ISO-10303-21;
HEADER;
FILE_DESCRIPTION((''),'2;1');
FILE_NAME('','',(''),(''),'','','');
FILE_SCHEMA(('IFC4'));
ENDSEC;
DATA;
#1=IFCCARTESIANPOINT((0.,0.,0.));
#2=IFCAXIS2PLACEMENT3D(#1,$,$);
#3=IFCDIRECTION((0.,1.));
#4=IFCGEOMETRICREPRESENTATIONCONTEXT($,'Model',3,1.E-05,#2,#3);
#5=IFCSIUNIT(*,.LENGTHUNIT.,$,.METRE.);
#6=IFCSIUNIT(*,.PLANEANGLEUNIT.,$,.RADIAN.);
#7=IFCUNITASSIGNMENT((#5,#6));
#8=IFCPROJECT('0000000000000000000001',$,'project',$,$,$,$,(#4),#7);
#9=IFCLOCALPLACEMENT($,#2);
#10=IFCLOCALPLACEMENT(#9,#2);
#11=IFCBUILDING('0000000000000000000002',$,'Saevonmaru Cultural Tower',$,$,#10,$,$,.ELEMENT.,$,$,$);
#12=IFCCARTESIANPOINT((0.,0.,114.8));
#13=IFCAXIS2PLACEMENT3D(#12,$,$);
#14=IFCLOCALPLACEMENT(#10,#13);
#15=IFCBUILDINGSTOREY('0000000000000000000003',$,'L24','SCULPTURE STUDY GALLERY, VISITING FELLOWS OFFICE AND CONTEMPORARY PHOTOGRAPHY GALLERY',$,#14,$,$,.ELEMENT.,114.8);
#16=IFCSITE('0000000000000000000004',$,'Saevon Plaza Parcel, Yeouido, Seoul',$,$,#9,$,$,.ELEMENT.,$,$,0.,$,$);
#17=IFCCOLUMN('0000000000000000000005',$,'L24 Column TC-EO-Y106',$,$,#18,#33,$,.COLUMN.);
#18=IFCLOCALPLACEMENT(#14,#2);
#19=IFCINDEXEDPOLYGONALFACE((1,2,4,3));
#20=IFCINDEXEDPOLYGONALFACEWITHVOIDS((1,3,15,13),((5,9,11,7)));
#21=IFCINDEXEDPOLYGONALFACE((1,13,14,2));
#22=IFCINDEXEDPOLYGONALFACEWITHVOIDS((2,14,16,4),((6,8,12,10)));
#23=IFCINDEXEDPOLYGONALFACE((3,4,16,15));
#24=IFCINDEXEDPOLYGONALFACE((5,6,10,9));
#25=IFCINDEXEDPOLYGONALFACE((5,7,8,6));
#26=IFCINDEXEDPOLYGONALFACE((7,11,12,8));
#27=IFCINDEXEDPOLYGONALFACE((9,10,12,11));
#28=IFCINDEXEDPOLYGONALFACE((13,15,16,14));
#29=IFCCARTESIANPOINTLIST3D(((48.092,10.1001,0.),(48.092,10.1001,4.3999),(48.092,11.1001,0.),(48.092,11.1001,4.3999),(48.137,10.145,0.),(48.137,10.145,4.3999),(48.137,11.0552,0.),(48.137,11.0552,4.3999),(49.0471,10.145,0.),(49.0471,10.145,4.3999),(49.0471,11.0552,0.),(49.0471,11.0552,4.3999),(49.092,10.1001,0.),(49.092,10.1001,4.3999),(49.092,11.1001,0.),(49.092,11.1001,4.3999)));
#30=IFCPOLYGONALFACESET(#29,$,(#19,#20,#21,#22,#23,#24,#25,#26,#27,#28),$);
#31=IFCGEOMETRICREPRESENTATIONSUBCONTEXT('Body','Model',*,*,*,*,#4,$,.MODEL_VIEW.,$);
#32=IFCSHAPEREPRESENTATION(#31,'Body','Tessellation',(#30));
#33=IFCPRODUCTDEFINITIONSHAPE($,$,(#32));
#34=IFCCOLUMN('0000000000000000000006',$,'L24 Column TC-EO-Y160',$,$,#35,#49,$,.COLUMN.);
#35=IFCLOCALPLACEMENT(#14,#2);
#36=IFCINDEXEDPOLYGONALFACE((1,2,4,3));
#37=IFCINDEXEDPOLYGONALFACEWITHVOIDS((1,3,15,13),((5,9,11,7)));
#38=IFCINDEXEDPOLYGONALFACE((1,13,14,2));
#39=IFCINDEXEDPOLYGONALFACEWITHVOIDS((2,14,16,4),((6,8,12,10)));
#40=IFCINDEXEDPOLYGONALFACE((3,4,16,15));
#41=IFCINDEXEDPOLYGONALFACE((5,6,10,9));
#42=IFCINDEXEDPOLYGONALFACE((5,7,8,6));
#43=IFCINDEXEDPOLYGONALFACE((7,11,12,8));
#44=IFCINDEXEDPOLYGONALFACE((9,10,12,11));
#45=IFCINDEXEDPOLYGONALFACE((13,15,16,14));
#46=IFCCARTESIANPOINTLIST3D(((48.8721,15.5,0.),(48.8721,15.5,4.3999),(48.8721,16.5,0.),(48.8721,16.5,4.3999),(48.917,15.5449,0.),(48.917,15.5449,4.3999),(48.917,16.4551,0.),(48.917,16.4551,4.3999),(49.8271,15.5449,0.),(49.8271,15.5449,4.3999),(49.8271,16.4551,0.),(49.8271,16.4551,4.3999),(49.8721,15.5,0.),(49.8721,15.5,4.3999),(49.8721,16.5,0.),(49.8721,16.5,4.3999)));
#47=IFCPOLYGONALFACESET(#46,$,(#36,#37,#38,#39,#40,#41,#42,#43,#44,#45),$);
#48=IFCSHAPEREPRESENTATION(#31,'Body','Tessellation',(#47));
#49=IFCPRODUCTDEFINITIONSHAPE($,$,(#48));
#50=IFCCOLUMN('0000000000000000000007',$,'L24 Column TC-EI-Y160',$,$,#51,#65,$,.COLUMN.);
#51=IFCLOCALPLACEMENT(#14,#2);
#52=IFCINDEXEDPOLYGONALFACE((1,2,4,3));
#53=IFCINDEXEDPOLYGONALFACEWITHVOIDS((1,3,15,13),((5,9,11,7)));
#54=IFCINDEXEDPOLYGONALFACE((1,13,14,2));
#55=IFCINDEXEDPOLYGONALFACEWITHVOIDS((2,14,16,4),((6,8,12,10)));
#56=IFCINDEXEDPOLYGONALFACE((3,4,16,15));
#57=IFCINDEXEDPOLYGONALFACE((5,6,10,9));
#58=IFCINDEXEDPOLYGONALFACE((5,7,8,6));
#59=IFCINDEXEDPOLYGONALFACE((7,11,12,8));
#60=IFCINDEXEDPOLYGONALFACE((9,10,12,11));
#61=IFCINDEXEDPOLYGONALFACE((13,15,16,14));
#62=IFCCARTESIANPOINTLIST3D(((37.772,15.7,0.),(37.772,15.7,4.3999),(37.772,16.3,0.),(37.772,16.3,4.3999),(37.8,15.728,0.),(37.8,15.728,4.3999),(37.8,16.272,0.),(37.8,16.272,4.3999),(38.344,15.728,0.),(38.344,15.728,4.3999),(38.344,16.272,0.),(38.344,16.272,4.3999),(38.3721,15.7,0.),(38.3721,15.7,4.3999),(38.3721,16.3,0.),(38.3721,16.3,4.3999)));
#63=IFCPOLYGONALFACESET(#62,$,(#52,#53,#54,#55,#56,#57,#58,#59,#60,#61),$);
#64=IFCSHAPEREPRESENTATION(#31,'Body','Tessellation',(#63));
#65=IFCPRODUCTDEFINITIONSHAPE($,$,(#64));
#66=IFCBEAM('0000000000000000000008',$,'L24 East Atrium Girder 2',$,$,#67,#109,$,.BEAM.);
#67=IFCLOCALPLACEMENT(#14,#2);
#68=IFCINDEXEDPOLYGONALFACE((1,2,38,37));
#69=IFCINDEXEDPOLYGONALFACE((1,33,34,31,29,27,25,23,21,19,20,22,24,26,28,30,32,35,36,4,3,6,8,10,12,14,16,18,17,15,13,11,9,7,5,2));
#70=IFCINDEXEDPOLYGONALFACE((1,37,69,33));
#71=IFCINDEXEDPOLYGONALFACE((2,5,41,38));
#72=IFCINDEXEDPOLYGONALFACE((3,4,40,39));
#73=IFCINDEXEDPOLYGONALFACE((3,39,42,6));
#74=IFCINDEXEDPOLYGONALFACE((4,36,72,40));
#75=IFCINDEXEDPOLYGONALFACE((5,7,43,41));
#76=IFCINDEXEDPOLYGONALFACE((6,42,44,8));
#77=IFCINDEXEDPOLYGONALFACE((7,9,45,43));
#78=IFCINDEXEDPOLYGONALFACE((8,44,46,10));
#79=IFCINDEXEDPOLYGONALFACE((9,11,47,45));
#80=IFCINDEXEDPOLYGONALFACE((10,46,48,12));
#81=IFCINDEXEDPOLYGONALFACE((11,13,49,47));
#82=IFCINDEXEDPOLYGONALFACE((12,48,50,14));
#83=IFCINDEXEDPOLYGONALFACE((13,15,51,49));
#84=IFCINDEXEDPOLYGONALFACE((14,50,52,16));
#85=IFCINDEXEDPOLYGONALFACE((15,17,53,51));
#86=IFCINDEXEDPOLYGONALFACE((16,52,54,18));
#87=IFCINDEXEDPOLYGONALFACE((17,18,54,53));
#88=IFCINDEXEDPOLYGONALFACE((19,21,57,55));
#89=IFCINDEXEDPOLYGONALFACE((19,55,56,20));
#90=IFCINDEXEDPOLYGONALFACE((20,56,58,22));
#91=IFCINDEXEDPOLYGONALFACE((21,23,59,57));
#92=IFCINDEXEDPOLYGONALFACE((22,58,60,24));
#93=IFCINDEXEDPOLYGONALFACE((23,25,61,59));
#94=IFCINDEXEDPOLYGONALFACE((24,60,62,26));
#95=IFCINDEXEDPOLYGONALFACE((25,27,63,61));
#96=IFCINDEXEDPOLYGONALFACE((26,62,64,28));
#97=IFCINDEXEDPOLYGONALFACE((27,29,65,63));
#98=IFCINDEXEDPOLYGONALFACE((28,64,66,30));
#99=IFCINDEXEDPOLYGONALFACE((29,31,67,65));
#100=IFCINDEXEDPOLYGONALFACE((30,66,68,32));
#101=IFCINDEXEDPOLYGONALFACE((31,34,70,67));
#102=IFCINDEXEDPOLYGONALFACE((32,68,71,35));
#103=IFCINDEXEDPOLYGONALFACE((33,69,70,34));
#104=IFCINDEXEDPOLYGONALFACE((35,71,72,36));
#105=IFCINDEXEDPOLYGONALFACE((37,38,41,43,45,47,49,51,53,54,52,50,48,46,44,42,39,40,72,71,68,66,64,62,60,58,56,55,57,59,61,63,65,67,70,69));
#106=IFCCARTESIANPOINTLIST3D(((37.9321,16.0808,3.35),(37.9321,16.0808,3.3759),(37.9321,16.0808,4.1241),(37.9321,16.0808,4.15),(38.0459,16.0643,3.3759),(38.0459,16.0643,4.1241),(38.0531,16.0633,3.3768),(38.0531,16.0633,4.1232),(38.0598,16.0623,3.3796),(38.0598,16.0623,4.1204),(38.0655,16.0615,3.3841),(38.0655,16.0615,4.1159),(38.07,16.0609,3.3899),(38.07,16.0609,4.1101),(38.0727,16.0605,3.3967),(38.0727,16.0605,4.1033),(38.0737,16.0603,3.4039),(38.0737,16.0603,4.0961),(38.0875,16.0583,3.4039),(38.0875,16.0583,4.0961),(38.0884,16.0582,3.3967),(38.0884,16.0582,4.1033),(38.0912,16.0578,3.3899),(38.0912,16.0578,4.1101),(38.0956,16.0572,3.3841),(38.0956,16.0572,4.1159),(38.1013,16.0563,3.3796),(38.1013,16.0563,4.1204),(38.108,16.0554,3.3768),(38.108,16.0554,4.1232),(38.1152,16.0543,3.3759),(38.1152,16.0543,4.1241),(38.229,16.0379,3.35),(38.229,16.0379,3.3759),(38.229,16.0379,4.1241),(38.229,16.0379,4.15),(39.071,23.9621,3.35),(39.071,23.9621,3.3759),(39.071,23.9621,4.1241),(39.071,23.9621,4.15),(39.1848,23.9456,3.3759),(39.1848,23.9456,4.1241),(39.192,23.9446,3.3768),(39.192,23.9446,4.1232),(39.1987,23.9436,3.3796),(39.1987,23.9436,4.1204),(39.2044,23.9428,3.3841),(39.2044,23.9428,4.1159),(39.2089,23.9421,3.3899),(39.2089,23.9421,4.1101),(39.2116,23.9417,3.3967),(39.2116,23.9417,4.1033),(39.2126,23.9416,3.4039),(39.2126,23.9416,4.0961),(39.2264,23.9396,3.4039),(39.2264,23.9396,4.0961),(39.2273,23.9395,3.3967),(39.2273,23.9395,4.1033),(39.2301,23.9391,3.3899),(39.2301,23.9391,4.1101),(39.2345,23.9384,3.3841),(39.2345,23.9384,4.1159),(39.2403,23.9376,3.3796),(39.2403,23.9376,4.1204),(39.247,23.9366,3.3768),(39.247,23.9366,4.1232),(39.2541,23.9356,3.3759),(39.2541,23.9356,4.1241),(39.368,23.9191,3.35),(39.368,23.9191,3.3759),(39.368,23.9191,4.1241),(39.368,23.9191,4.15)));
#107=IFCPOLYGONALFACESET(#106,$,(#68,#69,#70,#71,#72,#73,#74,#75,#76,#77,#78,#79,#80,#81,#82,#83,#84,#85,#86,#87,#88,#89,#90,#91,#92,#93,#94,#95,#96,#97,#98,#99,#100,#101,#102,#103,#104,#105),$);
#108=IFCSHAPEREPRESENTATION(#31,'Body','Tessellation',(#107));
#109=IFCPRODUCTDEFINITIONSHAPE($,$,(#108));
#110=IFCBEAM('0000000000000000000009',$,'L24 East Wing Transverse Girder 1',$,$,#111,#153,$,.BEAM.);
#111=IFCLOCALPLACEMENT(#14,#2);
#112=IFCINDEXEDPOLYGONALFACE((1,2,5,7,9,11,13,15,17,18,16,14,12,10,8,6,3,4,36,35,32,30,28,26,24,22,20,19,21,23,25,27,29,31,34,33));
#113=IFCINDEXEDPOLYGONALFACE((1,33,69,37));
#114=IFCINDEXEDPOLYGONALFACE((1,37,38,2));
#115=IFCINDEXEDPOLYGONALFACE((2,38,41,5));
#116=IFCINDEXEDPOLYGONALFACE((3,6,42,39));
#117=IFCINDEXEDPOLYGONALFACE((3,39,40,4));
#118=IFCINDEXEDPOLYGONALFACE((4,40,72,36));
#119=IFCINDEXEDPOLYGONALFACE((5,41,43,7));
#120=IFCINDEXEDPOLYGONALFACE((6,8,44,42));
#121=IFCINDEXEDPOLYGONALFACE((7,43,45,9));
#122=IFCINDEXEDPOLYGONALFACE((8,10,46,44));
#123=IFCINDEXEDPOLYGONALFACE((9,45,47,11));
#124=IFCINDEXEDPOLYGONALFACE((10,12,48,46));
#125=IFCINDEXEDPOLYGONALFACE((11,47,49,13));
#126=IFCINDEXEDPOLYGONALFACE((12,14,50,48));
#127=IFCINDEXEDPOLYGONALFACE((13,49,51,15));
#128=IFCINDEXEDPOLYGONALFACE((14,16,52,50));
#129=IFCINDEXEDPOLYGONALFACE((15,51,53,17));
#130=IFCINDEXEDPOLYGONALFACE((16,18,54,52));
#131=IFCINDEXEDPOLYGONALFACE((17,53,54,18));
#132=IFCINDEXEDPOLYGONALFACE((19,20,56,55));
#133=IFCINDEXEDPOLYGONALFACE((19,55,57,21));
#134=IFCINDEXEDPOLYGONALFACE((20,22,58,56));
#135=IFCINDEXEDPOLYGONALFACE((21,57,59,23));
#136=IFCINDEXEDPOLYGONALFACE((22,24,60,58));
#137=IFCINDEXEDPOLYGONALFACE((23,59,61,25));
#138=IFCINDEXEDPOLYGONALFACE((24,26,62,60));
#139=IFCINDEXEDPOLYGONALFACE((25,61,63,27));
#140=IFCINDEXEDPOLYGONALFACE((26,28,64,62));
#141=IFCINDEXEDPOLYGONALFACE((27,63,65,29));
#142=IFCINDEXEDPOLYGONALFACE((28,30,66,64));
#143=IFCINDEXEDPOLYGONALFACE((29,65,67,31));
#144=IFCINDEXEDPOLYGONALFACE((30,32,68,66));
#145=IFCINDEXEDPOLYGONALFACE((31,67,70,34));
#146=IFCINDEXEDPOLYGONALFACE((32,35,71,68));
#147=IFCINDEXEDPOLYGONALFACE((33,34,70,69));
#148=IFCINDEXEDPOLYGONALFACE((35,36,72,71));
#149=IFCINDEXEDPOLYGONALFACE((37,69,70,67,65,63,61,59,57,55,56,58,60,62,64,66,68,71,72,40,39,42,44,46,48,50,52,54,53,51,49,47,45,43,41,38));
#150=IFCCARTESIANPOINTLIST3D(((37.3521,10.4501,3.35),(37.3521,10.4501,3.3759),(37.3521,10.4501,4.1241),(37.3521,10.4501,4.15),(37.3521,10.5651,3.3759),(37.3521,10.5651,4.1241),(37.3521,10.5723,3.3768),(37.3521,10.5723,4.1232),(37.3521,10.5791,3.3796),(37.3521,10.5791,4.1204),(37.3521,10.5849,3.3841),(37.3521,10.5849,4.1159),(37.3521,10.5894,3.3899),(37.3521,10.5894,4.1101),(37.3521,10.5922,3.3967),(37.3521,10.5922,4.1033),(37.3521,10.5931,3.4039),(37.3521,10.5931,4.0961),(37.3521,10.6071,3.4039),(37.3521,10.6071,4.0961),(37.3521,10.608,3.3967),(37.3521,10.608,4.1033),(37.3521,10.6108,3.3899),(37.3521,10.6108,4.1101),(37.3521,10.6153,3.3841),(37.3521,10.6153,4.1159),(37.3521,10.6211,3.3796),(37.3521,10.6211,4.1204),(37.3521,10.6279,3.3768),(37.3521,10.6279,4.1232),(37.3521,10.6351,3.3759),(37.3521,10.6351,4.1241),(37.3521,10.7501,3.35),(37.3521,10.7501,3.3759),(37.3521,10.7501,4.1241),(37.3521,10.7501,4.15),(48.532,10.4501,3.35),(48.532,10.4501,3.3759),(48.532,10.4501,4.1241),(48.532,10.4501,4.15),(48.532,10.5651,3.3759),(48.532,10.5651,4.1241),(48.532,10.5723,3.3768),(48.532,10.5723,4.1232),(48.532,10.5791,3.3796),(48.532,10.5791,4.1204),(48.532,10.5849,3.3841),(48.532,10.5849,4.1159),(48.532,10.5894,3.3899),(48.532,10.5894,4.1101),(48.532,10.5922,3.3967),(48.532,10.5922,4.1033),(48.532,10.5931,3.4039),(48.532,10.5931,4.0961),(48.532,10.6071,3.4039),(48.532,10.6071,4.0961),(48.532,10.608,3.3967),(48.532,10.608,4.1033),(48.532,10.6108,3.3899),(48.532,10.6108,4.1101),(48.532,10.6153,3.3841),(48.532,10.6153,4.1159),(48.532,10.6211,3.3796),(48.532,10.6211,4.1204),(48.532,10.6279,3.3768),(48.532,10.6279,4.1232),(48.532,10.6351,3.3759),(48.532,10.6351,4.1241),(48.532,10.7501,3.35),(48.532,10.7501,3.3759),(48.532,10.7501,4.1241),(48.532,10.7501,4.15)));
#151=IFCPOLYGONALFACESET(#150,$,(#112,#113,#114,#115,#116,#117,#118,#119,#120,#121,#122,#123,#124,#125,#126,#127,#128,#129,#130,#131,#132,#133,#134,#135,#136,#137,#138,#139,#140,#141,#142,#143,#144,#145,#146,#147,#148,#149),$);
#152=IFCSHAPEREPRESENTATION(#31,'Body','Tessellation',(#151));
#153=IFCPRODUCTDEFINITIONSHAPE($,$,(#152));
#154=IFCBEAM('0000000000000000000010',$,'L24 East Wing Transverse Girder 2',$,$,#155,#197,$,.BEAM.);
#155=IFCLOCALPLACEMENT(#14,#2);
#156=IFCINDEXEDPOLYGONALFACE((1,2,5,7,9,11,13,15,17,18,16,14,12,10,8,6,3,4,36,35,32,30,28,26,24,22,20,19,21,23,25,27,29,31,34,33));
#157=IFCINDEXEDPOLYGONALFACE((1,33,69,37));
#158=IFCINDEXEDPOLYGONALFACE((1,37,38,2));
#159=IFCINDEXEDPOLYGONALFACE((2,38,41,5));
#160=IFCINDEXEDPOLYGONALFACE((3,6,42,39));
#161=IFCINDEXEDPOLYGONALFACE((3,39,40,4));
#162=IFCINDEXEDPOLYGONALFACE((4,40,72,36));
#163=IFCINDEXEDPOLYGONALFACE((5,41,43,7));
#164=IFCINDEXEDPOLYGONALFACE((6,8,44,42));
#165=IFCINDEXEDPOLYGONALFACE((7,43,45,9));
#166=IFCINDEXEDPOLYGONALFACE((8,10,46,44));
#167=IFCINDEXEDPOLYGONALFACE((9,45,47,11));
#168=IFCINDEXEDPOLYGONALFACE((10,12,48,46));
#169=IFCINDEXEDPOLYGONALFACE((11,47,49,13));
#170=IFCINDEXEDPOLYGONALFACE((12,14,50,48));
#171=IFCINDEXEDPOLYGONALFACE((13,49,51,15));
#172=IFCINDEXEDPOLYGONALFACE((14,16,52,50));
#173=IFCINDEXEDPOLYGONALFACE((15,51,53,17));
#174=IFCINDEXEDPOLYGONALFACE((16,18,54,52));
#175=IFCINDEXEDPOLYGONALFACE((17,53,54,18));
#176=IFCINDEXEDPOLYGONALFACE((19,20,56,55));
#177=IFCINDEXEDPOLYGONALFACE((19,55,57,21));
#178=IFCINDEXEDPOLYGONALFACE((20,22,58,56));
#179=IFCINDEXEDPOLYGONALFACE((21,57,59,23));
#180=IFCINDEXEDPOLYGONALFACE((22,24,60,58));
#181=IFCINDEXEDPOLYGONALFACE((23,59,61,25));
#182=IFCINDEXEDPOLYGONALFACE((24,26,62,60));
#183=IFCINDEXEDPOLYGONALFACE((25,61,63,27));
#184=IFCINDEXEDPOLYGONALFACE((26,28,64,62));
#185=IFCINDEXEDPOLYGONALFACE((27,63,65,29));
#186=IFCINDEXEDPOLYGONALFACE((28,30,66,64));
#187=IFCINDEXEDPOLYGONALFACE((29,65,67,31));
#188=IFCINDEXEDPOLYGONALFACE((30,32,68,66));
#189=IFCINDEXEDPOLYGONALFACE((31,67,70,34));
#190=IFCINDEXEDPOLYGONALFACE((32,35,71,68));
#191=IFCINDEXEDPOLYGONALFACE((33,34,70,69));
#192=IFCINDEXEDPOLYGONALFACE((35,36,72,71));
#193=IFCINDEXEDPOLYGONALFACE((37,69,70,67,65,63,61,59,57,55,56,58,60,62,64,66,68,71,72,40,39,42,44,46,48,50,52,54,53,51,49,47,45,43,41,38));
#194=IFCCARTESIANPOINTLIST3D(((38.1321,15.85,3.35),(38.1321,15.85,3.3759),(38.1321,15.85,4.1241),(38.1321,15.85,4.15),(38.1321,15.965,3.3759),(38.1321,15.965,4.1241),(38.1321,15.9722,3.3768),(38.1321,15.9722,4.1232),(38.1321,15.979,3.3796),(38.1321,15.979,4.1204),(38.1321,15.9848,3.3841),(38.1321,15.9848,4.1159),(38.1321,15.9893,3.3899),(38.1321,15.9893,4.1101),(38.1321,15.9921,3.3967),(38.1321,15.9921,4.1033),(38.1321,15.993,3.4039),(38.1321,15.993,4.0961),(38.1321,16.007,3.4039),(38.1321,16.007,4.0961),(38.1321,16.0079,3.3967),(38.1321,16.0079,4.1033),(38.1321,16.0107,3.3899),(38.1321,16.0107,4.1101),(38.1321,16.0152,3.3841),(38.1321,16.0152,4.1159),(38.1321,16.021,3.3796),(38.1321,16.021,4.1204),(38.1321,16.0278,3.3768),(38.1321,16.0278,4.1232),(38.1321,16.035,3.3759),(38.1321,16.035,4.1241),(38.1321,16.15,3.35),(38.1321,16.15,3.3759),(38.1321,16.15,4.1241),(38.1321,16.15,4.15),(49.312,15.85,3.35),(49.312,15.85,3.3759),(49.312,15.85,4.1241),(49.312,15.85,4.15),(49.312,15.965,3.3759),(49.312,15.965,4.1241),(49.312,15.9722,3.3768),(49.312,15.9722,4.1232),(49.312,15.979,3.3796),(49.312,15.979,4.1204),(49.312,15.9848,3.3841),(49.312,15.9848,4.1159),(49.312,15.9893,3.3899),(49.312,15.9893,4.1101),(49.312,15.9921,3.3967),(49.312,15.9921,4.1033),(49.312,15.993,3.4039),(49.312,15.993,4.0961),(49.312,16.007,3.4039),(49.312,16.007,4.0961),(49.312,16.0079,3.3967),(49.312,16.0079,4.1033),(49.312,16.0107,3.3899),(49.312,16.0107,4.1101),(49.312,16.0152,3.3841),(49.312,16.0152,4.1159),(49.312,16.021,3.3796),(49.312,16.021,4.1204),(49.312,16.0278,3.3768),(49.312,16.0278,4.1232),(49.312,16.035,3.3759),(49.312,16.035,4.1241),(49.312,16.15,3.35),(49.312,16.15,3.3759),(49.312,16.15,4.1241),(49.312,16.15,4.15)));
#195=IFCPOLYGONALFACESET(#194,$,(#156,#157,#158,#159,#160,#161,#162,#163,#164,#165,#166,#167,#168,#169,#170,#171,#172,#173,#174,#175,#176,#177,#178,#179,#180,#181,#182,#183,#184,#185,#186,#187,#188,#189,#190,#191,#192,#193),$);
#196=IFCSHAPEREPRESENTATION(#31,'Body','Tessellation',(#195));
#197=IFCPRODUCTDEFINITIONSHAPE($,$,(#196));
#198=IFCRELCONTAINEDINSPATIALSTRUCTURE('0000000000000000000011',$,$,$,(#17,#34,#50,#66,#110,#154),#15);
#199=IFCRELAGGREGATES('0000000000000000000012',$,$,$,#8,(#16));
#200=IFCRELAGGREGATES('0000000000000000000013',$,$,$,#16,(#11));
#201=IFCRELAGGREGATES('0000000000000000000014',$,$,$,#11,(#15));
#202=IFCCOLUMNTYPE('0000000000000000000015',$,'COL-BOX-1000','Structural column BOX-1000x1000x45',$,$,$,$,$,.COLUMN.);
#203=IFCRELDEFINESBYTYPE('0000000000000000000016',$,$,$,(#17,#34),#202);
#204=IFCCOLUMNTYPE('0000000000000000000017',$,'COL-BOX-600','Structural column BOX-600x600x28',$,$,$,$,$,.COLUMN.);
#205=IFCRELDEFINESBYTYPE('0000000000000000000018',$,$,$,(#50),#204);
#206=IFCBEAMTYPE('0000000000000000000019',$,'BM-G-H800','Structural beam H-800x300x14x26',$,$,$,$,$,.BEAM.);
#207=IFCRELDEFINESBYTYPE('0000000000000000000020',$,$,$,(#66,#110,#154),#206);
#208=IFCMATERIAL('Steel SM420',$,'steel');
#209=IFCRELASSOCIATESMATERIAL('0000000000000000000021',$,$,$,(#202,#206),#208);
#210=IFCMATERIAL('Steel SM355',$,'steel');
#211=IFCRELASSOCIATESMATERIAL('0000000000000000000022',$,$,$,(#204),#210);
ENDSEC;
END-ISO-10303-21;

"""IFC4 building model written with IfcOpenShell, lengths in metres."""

from ifc_helpers import new_model, si_unit, direction, frame, origin, origin_2d, place, context, subcontext, project, spatial, hollow_rectangle, i_section, extrude, material, material_profile, profile_set, type_object, element, save


model = new_model("IFC4")

# Units and contexts
model_context = context("Model", 3, precision=1e-05, world=origin(), true_north=direction((0.0, 1.0)))
body_context = subcontext(model_context, "Body", "Model", "MODEL_VIEW")
ifc_project = project(units=[si_unit("LENGTHUNIT", "METRE"), si_unit("PLANEANGLEUNIT", "RADIAN")], contexts=[model_context])

# Site, building, storey
site_placement = place(None, origin())
site = spatial("IfcSite", under=ifc_project, at=site_placement, Name="Saevon Plaza Parcel, Yeouido, Seoul", CompositionType="ELEMENT", RefElevation=0.0)
building_placement = place(site_placement, origin())
building = spatial("IfcBuilding", under=site, at=building_placement, Name="Saevonmaru Cultural Tower", CompositionType="ELEMENT")
storey_placement = place(building_placement, frame((0.0, 0.0, 114.8)))
storey = spatial("IfcBuildingStorey", under=building, at=storey_placement, Name="L24", Description="SCULPTURE STUDY GALLERY, VISITING FELLOWS OFFICE AND CONTEMPORARY PHOTOGRAPHY GALLERY", CompositionType="ELEMENT", Elevation=114.8)

# Columns
ifc_material_1 = material(Name="Steel SM420", Category="steel")
ifc_material_profile_1 = material_profile(ifc_material_1, hollow_rectangle(XDim=1.0, YDim=1.0, WallThickness=0.0449, at=origin_2d()), Name="BOX-1000x1000x45")
ifc_profile_set_1 = profile_set([ifc_material_profile_1], Name="Steel SM420")
column_type_1 = type_object("IfcColumnType", Name="COL-BOX-1000", Description="Structural column BOX-1000x1000x45", PredefinedType="COLUMN", material=ifc_profile_set_1)
for number, where, z_axis, x_axis, name in (
    (1, (48.592, 10.6001, 0.0), (0.0, 0.0, 1.0), (1.0, 0.0, 0.0), "L24 Column TC-EO-Y106"),
    (2, (49.3721, 16.0, 0.0), (0.0, 0.0, 1.0), (1.0, 0.0, 0.0), "L24 Column TC-EO-Y160"),
):
    element("IfcColumn", number, at=place(storey_placement, frame(where, z_axis=z_axis, x_axis=x_axis)), inside=storey, type_object=column_type_1, Name=name, PredefinedType="COLUMN", context=body_context, shape_type="SweptSolid", body=[
        extrude(hollow_rectangle(XDim=1.0, YDim=1.0, WallThickness=0.0449, at=origin_2d()), origin(), (0.0, 0.0, 1.0), 4.3999),
    ])
ifc_material_2 = material(Name="Steel SM355", Category="steel")
ifc_material_profile_2 = material_profile(ifc_material_2, hollow_rectangle(XDim=0.6001, YDim=0.6001, WallThickness=0.0281, at=origin_2d()), Name="BOX-600x600x28")
ifc_profile_set_2 = profile_set([ifc_material_profile_2], Name="Steel SM355")
column_type_2 = type_object("IfcColumnType", Name="COL-BOX-600", Description="Structural column BOX-600x600x28", PredefinedType="COLUMN", material=ifc_profile_set_2)
column_placement = place(storey_placement, frame((38.072, 16.0, 0.0), z_axis=(0.0, 0.0, 1.0), x_axis=(1.0, 0.0, 0.0)))
element("IfcColumn", 3, at=column_placement, inside=storey, type_object=column_type_2, Name="L24 Column TC-EI-Y160", PredefinedType="COLUMN", context=body_context, shape_type="SweptSolid", body=[
    extrude(hollow_rectangle(XDim=0.6001, YDim=0.6001, WallThickness=0.0281, at=origin_2d()), origin(), (0.0, 0.0, 1.0), 4.3999),
])

# Beams
ifc_material_profile_3 = material_profile(ifc_material_1, i_section(OverallWidth=0.3, OverallDepth=0.8, WebThickness=0.0139, FlangeThickness=0.0259, FilletRadius=0.0281, at=origin_2d()), Name="H-800x300x14x26")
ifc_profile_set_3 = profile_set([ifc_material_profile_3], Name="Steel SM420")
beam_type_1 = type_object("IfcBeamType", Name="BM-G-H800", Description="Structural beam H-800x300x14x26", PredefinedType="BEAM", material=ifc_profile_set_3)
beam_1_placement = place(storey_placement, frame((38.0806, 16.0593, 3.75), z_axis=(0.143022, 0.989719, 0.0), x_axis=(-0.989719, 0.143022, 0.0)))
element("IfcBeam", 4, at=beam_1_placement, inside=storey, type_object=beam_type_1, Name="L24 East Atrium Girder 2", PredefinedType="BEAM", context=body_context, shape_type="SweptSolid", body=[
    extrude(i_section(OverallWidth=0.3, OverallDepth=0.8, WebThickness=0.0139, FlangeThickness=0.0259, FilletRadius=0.0281, at=origin_2d()), origin(), (0.0, 0.0, 1.0), 7.9631),
])
for number, where, z_axis, x_axis, name in (
    (5, (37.3521, 10.6001, 3.75), (1.0, 0.0, 0.0), (0.0, 1.0, 0.0), "L24 East Wing Transverse Girder 1"),
    (6, (38.1321, 16.0, 3.75), (1.0, 0.0, 0.0), (0.0, 1.0, 0.0), "L24 East Wing Transverse Girder 2"),
):
    element("IfcBeam", number, at=place(storey_placement, frame(where, z_axis=z_axis, x_axis=x_axis)), inside=storey, type_object=beam_type_1, Name=name, PredefinedType="BEAM", context=body_context, shape_type="SweptSolid", body=[
        extrude(i_section(OverallWidth=0.3, OverallDepth=0.8, WebThickness=0.0139, FlangeThickness=0.0259, FilletRadius=0.0281, at=origin_2d()), origin(), (0.0, 0.0, 1.0), 11.1799),
    ])

save(model, "model.ifc")
